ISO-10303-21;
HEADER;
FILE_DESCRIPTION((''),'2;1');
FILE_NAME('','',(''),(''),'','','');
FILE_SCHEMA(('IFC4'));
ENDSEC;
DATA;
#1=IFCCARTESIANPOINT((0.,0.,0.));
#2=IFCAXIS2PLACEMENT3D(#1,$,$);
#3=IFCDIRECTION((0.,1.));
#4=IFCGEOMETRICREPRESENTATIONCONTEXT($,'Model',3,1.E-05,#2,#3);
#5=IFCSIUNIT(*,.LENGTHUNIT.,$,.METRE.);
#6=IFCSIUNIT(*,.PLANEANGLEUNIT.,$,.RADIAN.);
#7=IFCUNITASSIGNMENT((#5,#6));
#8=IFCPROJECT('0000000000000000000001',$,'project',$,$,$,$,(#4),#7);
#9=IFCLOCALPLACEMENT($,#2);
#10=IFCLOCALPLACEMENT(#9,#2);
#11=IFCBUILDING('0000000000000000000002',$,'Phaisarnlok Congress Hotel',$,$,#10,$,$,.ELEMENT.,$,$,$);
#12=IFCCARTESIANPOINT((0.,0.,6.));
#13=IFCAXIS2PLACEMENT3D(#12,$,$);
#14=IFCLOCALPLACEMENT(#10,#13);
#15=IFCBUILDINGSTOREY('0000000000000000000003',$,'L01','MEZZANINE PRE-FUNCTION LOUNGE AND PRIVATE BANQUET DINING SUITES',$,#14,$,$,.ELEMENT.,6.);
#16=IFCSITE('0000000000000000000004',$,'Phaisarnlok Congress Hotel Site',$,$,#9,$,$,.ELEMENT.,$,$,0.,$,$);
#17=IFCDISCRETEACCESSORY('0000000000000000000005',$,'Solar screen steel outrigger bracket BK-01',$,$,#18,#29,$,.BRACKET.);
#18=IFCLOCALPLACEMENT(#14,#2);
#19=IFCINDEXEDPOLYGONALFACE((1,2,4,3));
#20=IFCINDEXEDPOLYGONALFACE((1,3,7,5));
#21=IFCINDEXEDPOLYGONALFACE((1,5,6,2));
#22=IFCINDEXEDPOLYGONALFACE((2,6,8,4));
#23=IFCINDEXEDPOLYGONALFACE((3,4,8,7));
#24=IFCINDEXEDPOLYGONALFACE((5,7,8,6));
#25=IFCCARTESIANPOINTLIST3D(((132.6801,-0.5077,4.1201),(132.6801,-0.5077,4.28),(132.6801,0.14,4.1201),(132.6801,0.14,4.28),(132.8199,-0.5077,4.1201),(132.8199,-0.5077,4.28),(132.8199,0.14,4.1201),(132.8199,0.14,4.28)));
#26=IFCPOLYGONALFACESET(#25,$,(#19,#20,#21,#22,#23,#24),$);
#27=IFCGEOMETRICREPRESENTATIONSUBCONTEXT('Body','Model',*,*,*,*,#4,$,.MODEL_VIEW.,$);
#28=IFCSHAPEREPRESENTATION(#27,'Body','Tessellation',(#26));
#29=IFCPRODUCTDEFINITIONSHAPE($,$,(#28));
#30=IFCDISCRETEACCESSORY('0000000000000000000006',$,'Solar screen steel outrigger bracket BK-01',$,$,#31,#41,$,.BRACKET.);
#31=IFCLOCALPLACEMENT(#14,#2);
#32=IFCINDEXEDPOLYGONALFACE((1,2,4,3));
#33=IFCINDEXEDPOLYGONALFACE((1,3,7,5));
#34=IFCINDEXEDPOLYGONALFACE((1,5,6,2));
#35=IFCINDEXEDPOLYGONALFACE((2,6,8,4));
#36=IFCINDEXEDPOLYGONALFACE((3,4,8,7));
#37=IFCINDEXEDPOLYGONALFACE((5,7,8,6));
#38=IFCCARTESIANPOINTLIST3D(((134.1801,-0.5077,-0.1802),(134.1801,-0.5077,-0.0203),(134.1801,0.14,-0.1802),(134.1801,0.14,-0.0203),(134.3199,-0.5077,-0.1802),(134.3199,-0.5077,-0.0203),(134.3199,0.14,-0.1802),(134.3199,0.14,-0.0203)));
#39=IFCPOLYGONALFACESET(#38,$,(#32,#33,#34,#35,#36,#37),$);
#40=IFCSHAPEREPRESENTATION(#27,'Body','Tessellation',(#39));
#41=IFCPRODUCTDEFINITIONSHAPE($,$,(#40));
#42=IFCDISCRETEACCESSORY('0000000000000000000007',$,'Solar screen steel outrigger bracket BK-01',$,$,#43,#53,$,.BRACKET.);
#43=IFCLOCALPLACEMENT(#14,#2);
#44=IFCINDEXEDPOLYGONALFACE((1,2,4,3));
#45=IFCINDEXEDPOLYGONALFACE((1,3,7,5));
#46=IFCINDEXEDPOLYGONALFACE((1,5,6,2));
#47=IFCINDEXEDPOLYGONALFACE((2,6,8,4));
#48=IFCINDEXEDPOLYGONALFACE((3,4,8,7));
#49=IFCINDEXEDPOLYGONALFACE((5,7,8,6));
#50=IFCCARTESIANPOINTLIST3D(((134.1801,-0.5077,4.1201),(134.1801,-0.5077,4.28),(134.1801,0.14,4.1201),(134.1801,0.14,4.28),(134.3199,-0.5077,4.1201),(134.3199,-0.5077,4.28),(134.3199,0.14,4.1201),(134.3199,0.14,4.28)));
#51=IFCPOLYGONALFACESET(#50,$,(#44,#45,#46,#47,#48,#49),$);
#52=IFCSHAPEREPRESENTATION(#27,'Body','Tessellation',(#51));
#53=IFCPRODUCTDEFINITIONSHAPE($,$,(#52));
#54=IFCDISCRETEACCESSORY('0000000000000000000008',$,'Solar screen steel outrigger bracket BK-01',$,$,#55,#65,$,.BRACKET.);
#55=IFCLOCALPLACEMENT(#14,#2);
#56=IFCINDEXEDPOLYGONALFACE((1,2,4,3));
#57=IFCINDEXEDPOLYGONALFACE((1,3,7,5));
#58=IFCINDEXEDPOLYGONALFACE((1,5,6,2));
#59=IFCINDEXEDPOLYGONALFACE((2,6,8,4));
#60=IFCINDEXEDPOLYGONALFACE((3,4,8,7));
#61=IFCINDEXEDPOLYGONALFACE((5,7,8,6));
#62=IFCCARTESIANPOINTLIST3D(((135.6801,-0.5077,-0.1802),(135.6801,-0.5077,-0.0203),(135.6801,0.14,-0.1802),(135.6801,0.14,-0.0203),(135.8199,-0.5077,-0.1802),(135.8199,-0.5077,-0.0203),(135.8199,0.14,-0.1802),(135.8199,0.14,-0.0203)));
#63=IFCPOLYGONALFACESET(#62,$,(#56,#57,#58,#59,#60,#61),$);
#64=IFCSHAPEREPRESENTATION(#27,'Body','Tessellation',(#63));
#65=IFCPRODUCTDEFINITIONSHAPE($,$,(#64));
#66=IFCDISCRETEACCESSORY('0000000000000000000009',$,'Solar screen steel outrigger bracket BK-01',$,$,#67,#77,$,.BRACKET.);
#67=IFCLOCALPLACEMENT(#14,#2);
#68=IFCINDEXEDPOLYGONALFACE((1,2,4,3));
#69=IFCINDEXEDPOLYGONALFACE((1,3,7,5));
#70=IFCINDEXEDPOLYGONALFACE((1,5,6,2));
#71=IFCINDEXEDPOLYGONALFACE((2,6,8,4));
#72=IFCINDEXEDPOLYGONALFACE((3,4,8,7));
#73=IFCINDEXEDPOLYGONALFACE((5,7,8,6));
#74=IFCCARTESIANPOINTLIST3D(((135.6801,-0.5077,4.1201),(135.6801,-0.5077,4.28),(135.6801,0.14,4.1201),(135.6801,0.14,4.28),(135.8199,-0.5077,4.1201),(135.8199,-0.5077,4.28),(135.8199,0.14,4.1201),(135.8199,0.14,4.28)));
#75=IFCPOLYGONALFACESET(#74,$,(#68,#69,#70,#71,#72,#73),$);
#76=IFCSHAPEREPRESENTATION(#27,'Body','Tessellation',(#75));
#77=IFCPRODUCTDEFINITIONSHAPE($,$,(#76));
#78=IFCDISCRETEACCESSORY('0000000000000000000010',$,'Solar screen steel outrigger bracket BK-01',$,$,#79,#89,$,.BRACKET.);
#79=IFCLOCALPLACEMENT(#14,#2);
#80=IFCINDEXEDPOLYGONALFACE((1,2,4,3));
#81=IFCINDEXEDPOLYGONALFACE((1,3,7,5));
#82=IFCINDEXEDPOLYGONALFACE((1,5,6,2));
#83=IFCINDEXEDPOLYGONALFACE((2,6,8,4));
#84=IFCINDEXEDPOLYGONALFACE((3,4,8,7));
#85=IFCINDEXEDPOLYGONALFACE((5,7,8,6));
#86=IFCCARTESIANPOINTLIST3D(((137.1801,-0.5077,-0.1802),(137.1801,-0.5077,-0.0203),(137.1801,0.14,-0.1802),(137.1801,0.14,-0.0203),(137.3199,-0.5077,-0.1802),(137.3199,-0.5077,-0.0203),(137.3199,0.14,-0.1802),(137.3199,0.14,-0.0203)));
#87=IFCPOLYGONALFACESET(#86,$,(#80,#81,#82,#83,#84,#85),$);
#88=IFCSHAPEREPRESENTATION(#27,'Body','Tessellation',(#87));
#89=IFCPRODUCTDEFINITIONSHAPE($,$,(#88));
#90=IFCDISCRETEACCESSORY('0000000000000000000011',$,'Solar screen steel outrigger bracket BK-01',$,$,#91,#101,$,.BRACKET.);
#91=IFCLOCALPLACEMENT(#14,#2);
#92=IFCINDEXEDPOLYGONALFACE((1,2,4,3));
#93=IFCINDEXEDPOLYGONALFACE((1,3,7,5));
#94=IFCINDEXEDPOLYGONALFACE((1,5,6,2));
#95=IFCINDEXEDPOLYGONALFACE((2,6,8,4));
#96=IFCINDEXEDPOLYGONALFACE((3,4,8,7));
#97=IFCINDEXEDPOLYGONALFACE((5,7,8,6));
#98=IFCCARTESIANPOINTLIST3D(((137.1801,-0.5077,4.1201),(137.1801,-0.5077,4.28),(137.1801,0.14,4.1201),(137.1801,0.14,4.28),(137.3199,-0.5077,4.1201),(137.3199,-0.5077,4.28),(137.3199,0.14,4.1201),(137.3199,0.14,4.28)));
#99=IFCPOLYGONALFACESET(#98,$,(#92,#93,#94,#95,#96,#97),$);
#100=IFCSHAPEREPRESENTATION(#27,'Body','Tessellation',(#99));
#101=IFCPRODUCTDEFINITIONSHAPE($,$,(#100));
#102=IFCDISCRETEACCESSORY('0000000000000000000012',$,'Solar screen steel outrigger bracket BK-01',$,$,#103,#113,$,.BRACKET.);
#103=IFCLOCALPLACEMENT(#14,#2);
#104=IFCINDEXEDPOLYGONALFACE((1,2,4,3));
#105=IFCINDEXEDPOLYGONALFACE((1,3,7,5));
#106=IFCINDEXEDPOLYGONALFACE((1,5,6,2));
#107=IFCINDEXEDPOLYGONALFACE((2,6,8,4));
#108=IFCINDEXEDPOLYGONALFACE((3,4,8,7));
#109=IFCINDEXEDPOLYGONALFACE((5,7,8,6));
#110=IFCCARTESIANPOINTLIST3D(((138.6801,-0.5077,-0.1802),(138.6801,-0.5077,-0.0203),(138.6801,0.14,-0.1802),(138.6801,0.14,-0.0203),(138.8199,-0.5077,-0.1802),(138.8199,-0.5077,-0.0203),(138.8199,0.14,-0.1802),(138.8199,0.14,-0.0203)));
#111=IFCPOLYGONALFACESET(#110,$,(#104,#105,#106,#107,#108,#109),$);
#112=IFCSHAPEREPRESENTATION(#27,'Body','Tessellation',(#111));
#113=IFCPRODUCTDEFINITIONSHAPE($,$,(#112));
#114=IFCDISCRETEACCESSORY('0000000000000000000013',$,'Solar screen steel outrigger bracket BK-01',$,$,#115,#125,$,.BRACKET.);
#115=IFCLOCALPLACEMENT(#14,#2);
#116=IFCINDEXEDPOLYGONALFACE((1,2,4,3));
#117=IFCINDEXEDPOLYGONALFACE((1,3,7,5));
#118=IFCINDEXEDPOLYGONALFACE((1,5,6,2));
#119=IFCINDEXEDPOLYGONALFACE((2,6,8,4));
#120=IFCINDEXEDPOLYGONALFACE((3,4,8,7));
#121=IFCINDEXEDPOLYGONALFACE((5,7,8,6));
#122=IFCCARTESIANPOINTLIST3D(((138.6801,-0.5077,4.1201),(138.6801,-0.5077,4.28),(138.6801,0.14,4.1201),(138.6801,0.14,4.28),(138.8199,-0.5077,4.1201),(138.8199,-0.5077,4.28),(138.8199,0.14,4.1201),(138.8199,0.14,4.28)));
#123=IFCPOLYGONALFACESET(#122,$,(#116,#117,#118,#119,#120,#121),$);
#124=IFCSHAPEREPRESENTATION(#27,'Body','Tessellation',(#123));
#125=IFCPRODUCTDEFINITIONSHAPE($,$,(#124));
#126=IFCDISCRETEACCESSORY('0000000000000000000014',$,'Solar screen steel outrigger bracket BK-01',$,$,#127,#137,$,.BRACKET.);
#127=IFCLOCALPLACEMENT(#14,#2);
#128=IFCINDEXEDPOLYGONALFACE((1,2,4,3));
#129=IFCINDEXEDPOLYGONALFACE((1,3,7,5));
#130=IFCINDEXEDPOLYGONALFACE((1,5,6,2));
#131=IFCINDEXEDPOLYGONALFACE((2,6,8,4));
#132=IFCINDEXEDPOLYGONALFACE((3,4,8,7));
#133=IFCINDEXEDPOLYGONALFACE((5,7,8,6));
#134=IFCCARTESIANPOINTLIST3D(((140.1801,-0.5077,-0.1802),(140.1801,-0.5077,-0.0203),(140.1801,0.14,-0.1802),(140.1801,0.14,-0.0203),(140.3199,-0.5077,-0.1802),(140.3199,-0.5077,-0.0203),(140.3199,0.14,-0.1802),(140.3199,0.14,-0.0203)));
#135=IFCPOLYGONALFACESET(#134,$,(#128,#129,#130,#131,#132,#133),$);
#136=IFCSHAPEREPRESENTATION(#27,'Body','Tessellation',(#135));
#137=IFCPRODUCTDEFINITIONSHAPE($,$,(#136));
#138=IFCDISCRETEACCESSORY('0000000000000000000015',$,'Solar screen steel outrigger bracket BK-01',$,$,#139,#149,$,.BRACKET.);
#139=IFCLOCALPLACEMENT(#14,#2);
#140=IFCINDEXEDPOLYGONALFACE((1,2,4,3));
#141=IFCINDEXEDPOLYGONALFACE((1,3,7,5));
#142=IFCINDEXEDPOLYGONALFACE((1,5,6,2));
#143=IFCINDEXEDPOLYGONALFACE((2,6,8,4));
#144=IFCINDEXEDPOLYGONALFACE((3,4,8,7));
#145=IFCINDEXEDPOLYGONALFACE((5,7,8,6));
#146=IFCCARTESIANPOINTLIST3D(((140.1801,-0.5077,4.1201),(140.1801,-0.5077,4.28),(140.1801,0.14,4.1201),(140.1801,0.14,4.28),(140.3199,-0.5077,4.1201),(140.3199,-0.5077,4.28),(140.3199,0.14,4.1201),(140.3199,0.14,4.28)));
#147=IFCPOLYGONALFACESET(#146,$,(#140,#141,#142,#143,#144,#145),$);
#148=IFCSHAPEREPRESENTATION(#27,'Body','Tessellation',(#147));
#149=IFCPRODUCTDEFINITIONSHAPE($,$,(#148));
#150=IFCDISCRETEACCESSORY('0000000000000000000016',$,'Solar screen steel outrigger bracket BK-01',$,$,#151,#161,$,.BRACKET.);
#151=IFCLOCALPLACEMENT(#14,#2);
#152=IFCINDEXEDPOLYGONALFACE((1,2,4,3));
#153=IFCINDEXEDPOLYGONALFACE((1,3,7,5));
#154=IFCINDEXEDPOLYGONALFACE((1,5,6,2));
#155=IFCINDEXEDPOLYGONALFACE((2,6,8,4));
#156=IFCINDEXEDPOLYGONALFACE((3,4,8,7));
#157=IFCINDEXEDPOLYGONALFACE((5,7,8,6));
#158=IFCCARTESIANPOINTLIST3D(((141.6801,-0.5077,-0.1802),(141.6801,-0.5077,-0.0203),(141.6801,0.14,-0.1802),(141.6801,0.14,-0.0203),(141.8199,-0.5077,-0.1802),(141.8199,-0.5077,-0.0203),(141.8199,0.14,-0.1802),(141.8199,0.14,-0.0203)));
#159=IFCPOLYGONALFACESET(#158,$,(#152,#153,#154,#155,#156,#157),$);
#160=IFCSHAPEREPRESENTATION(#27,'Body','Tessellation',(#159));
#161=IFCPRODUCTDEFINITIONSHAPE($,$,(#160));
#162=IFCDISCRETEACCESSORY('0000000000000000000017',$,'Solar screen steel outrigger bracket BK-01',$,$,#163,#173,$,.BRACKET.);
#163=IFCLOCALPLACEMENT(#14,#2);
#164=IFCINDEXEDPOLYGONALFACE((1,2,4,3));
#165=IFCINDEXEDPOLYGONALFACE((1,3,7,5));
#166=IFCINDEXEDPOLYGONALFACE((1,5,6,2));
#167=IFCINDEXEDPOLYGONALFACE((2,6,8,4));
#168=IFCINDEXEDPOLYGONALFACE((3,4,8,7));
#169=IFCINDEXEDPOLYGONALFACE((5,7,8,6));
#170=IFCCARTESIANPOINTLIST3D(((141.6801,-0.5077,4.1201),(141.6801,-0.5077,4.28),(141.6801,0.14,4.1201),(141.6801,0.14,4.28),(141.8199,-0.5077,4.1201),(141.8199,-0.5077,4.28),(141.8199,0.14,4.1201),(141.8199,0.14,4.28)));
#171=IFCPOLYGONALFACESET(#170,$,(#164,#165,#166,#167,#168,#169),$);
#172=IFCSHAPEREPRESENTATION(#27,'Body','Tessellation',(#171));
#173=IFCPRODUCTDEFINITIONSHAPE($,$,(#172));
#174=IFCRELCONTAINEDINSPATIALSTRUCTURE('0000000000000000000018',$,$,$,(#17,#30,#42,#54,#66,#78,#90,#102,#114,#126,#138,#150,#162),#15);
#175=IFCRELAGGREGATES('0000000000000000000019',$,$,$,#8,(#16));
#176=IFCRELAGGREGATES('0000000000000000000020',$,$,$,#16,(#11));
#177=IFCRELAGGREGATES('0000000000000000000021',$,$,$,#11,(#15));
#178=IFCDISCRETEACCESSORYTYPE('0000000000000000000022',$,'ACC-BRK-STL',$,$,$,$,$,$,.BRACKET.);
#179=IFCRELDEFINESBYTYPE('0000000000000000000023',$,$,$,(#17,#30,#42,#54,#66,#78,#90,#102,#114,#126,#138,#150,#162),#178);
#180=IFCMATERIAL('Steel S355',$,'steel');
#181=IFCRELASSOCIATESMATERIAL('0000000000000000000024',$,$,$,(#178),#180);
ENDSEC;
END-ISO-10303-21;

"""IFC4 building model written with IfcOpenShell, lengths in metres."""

from ifc_helpers import new_model, si_unit, direction, frame, origin, origin_2d, place, context, subcontext, project, spatial, rectangle, extrude, material, type_object, element, save


model = new_model("IFC4")

# Units and contexts
model_context = context("Model", 3, precision=1e-05, world=origin(), true_north=direction((0.0, 1.0)))
body_context = subcontext(model_context, "Body", "Model", "MODEL_VIEW")
ifc_project = project(units=[si_unit("LENGTHUNIT", "METRE"), si_unit("PLANEANGLEUNIT", "RADIAN")], contexts=[model_context])

# Site, building, storey
site_placement = place(None, origin())
site = spatial("IfcSite", under=ifc_project, at=site_placement, Name="Phaisarnlok Congress Hotel Site", CompositionType="ELEMENT", RefElevation=0.0)
building_placement = place(site_placement, origin())
building = spatial("IfcBuilding", under=site, at=building_placement, Name="Phaisarnlok Congress Hotel", CompositionType="ELEMENT")
storey_placement = place(building_placement, frame((0.0, 0.0, 6.0)))
storey = spatial("IfcBuildingStorey", under=building, at=storey_placement, Name="L01", Description="MEZZANINE PRE-FUNCTION LOUNGE AND PRIVATE BANQUET DINING SUITES", CompositionType="ELEMENT", Elevation=6.0)

# Discrete accessories
ifc_material_1 = material(Name="Steel S355", Category="steel")
discrete_accessory_type = type_object("IfcDiscreteAccessoryType", Name="ACC-BRK-STL", PredefinedType="BRACKET", material=ifc_material_1)
for number, where, z_axis, x_axis, name in (
    (1, (132.75, -0.1838, 4.1201), (0.0, 0.0, 1.0), (1.0, 0.0, 0.0), "Solar screen steel outrigger bracket BK-01"),
    (2, (134.25, -0.1838, -0.1802), (0.0, 0.0, 1.0), (1.0, 0.0, 0.0), "Solar screen steel outrigger bracket BK-01"),
    (3, (134.25, -0.1838, 4.1201), (0.0, 0.0, 1.0), (1.0, 0.0, 0.0), "Solar screen steel outrigger bracket BK-01"),
    (4, (135.75, -0.1838, -0.1802), (0.0, 0.0, 1.0), (1.0, 0.0, 0.0), "Solar screen steel outrigger bracket BK-01"),
    (5, (135.75, -0.1838, 4.1201), (0.0, 0.0, 1.0), (1.0, 0.0, 0.0), "Solar screen steel outrigger bracket BK-01"),
    (6, (137.25, -0.1838, -0.1802), (0.0, 0.0, 1.0), (1.0, 0.0, 0.0), "Solar screen steel outrigger bracket BK-01"),
    (7, (137.25, -0.1838, 4.1201), (0.0, 0.0, 1.0), (1.0, 0.0, 0.0), "Solar screen steel outrigger bracket BK-01"),
    (8, (138.75, -0.1838, -0.1802), (0.0, 0.0, 1.0), (1.0, 0.0, 0.0), "Solar screen steel outrigger bracket BK-01"),
    (9, (138.75, -0.1838, 4.1201), (0.0, 0.0, 1.0), (1.0, 0.0, 0.0), "Solar screen steel outrigger bracket BK-01"),
    (10, (140.25, -0.1838, -0.1802), (0.0, 0.0, 1.0), (1.0, 0.0, 0.0), "Solar screen steel outrigger bracket BK-01"),
    (11, (140.25, -0.1838, 4.1201), (0.0, 0.0, 1.0), (1.0, 0.0, 0.0), "Solar screen steel outrigger bracket BK-01"),
    (12, (141.75, -0.1838, -0.1802), (0.0, 0.0, 1.0), (1.0, 0.0, 0.0), "Solar screen steel outrigger bracket BK-01"),
    (13, (141.75, -0.1838, 4.1201), (0.0, 0.0, 1.0), (1.0, 0.0, 0.0), "Solar screen steel outrigger bracket BK-01"),
):
    element("IfcDiscreteAccessory", number, at=place(storey_placement, frame(where, z_axis=z_axis, x_axis=x_axis)), inside=storey, type_object=discrete_accessory_type, Name=name, PredefinedType="BRACKET", context=body_context, shape_type="SweptSolid", body=[
        extrude(rectangle(XDim=0.1399, YDim=0.6477, at=origin_2d()), origin(), (0.0, 0.0, 1.0), 0.1599),
    ])

save(model, "model.ifc")
